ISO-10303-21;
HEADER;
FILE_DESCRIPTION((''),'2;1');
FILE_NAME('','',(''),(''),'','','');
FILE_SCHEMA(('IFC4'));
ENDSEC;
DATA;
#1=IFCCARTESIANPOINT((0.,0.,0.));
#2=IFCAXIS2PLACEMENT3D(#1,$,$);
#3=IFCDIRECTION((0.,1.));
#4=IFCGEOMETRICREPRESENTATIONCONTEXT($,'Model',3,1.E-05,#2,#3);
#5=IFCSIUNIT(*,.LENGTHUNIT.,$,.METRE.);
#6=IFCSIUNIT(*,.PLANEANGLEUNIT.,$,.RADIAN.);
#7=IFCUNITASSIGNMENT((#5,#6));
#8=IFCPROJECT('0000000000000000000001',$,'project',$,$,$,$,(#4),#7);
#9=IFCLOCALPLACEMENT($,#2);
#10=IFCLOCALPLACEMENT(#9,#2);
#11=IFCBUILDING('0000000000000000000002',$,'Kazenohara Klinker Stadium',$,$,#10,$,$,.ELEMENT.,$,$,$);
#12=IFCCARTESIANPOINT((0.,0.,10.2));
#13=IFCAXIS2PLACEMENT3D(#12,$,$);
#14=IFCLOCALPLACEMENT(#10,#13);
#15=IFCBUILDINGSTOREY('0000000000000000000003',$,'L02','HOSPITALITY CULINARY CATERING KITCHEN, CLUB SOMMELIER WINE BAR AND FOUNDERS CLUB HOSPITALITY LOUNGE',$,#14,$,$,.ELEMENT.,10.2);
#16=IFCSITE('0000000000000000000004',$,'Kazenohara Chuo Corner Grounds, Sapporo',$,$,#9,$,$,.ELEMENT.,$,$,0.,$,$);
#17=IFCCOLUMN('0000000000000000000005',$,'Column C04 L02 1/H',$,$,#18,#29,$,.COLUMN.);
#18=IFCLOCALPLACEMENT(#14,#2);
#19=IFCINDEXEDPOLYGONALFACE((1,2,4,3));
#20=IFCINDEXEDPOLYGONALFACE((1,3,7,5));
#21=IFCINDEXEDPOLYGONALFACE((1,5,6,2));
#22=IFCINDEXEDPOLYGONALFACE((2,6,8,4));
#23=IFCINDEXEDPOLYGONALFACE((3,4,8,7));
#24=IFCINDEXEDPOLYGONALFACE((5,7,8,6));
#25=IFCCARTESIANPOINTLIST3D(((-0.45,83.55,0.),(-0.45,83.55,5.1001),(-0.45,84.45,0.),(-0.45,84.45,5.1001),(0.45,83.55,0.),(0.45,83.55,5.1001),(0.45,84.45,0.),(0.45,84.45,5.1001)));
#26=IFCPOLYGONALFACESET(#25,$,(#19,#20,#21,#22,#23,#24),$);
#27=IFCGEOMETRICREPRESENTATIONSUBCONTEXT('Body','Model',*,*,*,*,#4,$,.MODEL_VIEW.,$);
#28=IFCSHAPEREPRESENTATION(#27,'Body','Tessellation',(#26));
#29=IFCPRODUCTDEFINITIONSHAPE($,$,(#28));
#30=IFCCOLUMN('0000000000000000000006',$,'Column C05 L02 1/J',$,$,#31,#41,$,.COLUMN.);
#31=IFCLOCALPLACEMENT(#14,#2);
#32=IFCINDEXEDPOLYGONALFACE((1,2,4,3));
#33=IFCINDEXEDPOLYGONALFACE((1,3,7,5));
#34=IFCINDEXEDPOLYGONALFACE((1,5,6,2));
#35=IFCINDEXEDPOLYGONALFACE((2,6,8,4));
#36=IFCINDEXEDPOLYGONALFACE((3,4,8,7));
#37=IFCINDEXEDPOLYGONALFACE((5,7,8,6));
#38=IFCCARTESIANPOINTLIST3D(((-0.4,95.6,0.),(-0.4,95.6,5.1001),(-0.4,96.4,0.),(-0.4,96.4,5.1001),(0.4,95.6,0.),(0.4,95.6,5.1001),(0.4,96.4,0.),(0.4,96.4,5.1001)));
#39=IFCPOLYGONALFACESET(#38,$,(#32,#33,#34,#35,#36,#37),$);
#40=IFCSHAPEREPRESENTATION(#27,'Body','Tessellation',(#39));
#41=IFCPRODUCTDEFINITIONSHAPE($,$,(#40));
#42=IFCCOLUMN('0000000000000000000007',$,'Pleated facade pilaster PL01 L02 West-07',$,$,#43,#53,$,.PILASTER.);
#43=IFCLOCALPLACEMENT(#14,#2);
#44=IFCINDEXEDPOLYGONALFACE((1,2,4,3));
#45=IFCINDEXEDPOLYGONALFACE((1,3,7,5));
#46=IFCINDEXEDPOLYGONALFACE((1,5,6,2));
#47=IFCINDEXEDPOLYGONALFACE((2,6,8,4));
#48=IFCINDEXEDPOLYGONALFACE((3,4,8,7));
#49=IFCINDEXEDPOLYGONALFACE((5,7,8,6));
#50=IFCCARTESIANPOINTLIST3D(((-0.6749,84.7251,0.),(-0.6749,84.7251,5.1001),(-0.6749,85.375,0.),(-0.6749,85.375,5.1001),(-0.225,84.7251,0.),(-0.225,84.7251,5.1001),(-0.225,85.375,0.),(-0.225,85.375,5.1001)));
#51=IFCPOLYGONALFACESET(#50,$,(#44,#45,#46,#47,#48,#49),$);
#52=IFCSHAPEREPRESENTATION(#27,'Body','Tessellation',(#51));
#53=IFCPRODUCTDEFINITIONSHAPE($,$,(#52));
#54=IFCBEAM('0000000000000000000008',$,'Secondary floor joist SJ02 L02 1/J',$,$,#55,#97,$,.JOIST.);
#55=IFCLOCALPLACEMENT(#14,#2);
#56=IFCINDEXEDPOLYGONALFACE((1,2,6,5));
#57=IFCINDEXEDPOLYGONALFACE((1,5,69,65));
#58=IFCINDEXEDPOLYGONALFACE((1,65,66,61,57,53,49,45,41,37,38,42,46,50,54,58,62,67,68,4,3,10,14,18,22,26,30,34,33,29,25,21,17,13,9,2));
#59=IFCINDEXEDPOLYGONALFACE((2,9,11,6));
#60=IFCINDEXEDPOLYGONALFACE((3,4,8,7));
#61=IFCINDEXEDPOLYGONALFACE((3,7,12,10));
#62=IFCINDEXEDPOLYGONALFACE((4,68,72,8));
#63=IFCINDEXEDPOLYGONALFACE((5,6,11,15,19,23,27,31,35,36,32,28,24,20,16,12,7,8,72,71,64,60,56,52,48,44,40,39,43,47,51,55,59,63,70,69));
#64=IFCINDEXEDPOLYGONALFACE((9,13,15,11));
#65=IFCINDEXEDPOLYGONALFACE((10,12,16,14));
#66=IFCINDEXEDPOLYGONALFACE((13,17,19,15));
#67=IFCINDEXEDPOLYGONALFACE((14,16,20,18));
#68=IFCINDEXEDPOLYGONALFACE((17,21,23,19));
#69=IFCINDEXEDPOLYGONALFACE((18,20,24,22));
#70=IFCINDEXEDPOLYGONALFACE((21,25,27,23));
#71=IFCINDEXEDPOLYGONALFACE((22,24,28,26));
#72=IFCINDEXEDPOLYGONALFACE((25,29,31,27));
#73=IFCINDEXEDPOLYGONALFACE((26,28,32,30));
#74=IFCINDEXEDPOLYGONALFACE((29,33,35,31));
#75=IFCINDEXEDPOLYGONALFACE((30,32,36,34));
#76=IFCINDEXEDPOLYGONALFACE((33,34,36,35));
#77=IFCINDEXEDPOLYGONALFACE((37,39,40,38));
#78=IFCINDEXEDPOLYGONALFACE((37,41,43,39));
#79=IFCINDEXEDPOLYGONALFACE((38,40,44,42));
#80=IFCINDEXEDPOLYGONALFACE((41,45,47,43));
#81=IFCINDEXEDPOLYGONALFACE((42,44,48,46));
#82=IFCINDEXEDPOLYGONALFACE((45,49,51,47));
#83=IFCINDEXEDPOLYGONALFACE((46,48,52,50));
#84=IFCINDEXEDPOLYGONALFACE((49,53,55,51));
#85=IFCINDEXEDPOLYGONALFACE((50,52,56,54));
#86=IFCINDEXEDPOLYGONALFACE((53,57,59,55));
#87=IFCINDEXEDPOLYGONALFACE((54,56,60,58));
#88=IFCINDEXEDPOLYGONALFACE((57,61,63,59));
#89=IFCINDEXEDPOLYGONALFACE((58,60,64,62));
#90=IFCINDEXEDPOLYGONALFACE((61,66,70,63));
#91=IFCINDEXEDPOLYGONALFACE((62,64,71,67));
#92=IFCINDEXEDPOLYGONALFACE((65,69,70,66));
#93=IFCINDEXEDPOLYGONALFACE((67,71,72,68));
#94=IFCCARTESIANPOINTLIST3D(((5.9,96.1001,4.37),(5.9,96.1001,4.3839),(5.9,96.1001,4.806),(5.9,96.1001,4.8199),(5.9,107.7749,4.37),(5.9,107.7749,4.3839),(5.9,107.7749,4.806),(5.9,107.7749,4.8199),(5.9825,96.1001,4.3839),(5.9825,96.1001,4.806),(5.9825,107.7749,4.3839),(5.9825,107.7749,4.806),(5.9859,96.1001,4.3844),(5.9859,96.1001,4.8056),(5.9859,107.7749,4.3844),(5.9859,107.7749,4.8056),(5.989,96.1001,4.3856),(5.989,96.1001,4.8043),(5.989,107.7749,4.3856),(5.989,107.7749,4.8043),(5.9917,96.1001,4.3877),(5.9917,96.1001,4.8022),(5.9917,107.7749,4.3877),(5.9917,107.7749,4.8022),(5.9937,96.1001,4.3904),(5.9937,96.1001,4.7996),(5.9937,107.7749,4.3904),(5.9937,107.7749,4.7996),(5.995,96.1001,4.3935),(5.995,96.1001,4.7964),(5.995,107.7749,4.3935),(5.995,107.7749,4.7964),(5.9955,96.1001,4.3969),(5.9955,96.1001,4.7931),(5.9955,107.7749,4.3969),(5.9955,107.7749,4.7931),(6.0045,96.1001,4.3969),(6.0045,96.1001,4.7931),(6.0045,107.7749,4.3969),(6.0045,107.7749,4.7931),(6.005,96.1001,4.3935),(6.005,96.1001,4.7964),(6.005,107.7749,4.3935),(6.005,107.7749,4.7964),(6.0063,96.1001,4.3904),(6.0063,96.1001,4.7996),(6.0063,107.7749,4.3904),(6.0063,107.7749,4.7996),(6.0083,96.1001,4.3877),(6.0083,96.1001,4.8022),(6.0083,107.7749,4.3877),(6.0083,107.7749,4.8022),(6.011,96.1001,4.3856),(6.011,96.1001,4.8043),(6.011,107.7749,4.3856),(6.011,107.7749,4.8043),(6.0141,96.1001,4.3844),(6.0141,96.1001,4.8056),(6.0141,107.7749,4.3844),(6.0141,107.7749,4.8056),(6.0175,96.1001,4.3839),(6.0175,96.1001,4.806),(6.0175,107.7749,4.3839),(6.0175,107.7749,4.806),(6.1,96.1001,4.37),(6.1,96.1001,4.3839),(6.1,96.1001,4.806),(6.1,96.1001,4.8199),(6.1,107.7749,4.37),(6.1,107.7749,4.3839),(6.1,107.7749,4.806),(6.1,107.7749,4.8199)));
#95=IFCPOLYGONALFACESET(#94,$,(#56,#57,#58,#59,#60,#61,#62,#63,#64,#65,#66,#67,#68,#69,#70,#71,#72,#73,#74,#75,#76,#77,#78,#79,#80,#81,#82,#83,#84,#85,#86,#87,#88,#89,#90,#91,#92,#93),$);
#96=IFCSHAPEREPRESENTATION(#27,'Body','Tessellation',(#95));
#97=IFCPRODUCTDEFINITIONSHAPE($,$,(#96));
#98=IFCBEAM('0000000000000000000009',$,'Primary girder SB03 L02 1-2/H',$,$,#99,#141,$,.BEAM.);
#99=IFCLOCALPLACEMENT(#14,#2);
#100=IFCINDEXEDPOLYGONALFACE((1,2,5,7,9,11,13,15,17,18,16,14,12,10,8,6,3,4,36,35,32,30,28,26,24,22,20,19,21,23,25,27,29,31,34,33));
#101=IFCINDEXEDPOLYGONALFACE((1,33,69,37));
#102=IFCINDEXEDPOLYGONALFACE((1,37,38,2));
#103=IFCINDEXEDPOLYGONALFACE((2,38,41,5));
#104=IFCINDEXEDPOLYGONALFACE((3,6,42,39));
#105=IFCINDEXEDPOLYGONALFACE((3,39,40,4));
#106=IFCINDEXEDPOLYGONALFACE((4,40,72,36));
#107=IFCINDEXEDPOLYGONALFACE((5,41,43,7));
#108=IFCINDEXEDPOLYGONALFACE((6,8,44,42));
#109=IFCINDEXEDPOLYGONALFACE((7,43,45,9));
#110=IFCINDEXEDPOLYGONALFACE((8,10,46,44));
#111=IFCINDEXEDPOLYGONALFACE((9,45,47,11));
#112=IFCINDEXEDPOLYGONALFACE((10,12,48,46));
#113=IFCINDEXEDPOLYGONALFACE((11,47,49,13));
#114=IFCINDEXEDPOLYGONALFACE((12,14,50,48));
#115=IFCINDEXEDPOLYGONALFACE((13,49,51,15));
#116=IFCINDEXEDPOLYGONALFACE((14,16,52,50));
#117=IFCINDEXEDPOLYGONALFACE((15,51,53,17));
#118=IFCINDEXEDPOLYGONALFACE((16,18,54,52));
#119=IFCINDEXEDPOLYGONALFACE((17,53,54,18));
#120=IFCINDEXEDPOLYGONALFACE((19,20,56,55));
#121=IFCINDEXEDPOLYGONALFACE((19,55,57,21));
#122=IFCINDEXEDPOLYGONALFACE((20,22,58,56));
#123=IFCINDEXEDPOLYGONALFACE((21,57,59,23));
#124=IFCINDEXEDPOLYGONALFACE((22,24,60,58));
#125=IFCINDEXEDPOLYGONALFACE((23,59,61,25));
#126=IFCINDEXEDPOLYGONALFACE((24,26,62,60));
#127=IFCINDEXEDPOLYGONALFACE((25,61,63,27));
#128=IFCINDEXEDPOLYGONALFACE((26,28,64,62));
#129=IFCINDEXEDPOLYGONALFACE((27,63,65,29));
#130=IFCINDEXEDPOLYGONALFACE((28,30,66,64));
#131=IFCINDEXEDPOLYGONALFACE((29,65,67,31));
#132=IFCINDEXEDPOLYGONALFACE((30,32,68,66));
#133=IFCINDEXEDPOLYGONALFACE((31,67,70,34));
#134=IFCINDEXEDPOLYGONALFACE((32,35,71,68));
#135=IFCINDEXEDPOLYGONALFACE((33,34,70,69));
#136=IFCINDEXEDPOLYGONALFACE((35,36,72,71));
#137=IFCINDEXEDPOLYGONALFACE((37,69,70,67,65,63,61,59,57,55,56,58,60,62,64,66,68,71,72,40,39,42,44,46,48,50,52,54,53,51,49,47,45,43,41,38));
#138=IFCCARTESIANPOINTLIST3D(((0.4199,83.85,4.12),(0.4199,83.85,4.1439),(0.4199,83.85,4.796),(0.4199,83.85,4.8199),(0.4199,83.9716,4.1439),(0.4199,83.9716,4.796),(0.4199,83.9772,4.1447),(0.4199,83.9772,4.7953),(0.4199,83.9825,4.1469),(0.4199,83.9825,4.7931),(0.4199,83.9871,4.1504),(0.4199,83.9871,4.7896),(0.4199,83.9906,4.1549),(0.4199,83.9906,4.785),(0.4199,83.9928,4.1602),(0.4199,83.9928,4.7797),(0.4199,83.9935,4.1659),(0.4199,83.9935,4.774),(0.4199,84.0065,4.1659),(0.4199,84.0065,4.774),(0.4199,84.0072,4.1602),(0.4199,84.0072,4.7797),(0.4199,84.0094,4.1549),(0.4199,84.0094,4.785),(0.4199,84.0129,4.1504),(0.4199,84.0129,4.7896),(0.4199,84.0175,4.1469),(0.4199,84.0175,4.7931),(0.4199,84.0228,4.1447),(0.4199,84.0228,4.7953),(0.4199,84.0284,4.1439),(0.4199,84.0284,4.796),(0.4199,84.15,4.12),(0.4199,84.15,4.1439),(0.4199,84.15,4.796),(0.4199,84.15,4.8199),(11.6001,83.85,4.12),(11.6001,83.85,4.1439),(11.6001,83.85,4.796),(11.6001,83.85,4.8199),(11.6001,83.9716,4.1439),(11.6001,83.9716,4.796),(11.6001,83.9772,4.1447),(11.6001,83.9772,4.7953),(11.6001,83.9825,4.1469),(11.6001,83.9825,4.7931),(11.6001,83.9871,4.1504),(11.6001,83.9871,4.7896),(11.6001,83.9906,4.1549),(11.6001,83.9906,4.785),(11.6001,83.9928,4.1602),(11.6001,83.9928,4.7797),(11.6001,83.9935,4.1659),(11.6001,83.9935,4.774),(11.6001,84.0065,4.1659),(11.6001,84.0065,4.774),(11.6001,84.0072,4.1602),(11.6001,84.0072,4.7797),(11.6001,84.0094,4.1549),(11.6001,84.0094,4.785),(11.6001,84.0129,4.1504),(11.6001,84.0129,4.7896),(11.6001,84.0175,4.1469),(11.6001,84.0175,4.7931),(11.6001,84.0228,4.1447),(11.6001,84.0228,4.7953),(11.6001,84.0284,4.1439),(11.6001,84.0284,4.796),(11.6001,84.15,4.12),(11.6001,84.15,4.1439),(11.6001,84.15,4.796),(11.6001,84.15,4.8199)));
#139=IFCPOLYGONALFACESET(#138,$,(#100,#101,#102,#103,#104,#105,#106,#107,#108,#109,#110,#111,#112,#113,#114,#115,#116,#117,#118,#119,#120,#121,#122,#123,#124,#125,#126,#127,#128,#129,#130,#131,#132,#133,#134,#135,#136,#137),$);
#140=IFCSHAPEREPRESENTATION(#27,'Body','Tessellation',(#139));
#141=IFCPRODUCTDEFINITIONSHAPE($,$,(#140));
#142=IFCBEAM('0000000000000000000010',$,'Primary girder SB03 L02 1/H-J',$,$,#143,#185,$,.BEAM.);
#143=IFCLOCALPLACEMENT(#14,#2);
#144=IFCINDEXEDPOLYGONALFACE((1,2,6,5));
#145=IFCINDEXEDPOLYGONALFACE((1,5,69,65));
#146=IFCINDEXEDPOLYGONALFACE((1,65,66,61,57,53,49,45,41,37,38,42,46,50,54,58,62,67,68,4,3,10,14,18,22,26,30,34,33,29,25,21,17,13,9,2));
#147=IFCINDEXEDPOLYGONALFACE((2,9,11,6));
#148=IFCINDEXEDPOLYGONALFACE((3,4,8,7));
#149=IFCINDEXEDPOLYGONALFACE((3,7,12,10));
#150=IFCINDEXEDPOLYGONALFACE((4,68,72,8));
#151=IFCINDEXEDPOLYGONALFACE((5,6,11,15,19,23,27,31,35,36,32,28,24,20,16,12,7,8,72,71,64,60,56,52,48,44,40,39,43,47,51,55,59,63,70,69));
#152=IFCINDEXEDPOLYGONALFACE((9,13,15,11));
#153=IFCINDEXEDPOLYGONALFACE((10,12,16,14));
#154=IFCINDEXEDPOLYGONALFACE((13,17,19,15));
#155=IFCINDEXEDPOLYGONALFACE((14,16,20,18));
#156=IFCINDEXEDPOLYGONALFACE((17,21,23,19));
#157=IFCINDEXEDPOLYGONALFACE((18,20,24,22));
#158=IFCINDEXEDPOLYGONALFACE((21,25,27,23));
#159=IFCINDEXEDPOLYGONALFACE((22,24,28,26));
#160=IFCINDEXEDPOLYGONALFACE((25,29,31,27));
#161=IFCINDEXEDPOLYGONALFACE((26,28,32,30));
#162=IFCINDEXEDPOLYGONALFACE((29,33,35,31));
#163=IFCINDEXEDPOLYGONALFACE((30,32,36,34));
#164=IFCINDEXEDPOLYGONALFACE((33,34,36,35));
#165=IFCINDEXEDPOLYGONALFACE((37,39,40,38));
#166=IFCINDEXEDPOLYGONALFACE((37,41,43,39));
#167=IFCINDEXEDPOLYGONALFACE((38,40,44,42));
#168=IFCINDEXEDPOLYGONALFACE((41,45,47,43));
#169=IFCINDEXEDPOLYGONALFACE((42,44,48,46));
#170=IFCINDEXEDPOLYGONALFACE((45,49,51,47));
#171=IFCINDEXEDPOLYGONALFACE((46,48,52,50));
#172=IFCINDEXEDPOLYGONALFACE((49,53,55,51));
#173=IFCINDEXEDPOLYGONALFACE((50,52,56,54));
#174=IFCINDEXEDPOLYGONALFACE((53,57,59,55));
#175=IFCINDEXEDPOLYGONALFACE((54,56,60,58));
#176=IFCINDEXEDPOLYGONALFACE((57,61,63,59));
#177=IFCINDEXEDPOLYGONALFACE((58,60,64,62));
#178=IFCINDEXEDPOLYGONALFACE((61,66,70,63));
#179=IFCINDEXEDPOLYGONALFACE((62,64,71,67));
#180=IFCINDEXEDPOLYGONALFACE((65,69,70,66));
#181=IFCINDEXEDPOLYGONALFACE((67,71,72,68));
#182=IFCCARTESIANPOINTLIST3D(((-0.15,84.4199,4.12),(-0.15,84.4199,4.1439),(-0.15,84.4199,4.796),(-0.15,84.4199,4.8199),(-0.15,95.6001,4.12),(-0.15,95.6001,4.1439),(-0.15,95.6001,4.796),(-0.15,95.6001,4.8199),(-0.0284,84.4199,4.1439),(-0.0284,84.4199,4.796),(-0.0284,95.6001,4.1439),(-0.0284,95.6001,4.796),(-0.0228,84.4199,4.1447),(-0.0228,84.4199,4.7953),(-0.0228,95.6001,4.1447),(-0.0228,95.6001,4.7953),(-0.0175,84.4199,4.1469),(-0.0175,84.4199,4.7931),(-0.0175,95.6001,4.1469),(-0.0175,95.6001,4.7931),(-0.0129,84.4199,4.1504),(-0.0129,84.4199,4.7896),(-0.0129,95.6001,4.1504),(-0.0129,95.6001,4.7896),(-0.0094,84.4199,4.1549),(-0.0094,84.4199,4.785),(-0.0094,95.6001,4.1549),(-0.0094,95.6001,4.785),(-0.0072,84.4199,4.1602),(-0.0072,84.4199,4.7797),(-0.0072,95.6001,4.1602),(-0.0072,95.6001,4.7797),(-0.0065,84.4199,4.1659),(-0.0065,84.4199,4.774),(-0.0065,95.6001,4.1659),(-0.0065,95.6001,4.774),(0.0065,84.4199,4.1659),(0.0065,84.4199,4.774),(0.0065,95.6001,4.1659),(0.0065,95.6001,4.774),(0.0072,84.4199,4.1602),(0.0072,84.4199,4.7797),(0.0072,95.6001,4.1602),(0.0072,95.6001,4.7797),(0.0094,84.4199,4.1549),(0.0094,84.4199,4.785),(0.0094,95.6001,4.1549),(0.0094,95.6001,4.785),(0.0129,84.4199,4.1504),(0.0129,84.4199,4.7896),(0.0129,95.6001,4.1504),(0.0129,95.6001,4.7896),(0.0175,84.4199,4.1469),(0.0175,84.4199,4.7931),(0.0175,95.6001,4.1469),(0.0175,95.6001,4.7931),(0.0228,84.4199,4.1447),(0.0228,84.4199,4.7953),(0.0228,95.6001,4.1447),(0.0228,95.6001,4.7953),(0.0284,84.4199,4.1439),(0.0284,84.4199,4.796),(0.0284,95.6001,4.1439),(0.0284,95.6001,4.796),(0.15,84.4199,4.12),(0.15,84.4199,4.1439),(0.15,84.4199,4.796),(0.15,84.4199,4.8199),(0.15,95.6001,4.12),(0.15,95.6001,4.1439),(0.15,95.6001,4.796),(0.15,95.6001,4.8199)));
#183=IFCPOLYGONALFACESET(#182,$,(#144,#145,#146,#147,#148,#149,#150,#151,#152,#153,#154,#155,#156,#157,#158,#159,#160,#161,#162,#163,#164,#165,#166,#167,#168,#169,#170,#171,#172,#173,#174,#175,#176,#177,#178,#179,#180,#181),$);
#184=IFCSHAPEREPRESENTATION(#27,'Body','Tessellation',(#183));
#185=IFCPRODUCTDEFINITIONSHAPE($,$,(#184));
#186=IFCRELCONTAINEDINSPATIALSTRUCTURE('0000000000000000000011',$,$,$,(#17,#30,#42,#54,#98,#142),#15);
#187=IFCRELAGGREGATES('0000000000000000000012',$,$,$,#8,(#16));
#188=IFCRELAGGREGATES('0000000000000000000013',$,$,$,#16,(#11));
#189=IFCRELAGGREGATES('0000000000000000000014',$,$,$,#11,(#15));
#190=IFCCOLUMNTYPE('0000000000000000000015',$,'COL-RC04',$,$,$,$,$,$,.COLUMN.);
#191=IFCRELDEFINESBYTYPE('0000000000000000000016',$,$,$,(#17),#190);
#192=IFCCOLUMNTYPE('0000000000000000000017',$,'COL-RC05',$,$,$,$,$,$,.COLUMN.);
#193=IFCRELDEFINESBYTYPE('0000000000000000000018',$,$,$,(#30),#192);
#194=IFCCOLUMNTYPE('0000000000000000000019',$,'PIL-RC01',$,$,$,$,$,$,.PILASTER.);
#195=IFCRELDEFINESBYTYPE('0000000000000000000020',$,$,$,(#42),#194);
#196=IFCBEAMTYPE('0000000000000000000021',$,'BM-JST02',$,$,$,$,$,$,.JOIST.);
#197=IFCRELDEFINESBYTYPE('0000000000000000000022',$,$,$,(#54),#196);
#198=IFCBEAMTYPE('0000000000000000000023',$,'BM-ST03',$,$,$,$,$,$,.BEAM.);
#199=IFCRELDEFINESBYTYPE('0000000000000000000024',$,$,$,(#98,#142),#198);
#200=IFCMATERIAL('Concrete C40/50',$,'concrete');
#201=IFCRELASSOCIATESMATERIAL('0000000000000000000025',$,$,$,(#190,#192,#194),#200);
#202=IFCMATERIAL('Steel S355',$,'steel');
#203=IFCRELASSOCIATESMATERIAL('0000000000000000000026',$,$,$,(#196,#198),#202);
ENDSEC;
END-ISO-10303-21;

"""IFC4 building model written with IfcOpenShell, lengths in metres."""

from ifc_helpers import new_model, si_unit, direction, frame, origin, origin_2d, place, context, subcontext, project, spatial, rectangle, i_section, extrude, material, material_profile, profile_set, type_object, element, save


model = new_model("IFC4")

# Units and contexts
model_context = context("Model", 3, precision=1e-05, world=origin(), true_north=direction((0.0, 1.0)))
body_context = subcontext(model_context, "Body", "Model", "MODEL_VIEW")
ifc_project = project(units=[si_unit("LENGTHUNIT", "METRE"), si_unit("PLANEANGLEUNIT", "RADIAN")], contexts=[model_context])

# Site, building, storey
site_placement = place(None, origin())
site = spatial("IfcSite", under=ifc_project, at=site_placement, Name="Kazenohara Chuo Corner Grounds, Sapporo", CompositionType="ELEMENT", RefElevation=0.0)
building_placement = place(site_placement, origin())
building = spatial("IfcBuilding", under=site, at=building_placement, Name="Kazenohara Klinker Stadium", CompositionType="ELEMENT")
storey_placement = place(building_placement, frame((0.0, 0.0, 10.2)))
storey = spatial("IfcBuildingStorey", under=building, at=storey_placement, Name="L02", Description="HOSPITALITY CULINARY CATERING KITCHEN, CLUB SOMMELIER WINE BAR AND FOUNDERS CLUB HOSPITALITY LOUNGE", CompositionType="ELEMENT", Elevation=10.2)

# Columns
ifc_material_1 = material(Name="Concrete C40/50", Category="concrete")
ifc_material_profile_1 = material_profile(ifc_material_1, rectangle(XDim=0.8999, YDim=0.8999, at=origin_2d()), Name="RC-COL-900x900")
ifc_profile_set_1 = profile_set([ifc_material_profile_1], Name="Concrete C40/50")
column_type_1 = type_object("IfcColumnType", Name="COL-RC04", PredefinedType="COLUMN", material=ifc_profile_set_1)
column_1_placement = place(storey_placement, frame((0.0, 84.0, 0.0), z_axis=(0.0, 0.0, 1.0), x_axis=(1.0, 0.0, 0.0)))
element("IfcColumn", 1, at=column_1_placement, inside=storey, type_object=column_type_1, Name="Column C04 L02 1/H", PredefinedType="COLUMN", context=body_context, shape_type="SweptSolid", body=[
    extrude(rectangle(XDim=0.8999, YDim=0.8999, at=origin_2d()), origin(), (0.0, 0.0, 1.0), 5.1001),
])
ifc_material_profile_2 = material_profile(ifc_material_1, rectangle(XDim=0.8, YDim=0.8, at=origin_2d()), Name="RC-COL-800x800")
ifc_profile_set_2 = profile_set([ifc_material_profile_2], Name="Concrete C40/50")
column_type_2 = type_object("IfcColumnType", Name="COL-RC05", PredefinedType="COLUMN", material=ifc_profile_set_2)
column_2_placement = place(storey_placement, frame((0.0, 96.0, 0.0), z_axis=(0.0, 0.0, 1.0), x_axis=(1.0, 0.0, 0.0)))
element("IfcColumn", 2, at=column_2_placement, inside=storey, type_object=column_type_2, Name="Column C05 L02 1/J", PredefinedType="COLUMN", context=body_context, shape_type="SweptSolid", body=[
    extrude(rectangle(XDim=0.8, YDim=0.8, at=origin_2d()), origin(), (0.0, 0.0, 1.0), 5.1001),
])
ifc_material_profile_3 = material_profile(ifc_material_1, rectangle(XDim=0.45, YDim=0.6499, at=origin_2d()), Name="RC-PILASTER-450x650")
ifc_profile_set_3 = profile_set([ifc_material_profile_3], Name="Concrete C40/50")
column_type_3 = type_object("IfcColumnType", Name="PIL-RC01", PredefinedType="PILASTER", material=ifc_profile_set_3)
column_3_placement = place(storey_placement, frame((-0.45, 85.05, 0.0), z_axis=(0.0, 0.0, 1.0), x_axis=(1.0, 0.0, 0.0)))
element("IfcColumn", 3, at=column_3_placement, inside=storey, type_object=column_type_3, Name="Pleated facade pilaster PL01 L02 West-07", PredefinedType="PILASTER", context=body_context, shape_type="SweptSolid", body=[
    extrude(rectangle(XDim=0.45, YDim=0.6499, at=origin_2d()), origin(), (0.0, 0.0, 1.0), 5.1001),
])

# Beams
ifc_material_2 = material(Name="Steel S355", Category="steel")
ifc_material_profile_4 = material_profile(ifc_material_2, i_section(OverallWidth=0.2, OverallDepth=0.45, WebThickness=0.009, FlangeThickness=0.0139, FilletRadius=0.0129, at=origin_2d()), Name="H-450x200x9x14")
ifc_profile_set_4 = profile_set([ifc_material_profile_4], Name="Steel S355")
beam_type_1 = type_object("IfcBeamType", Name="BM-JST02", PredefinedType="JOIST", material=ifc_profile_set_4)
beam_1_placement = place(storey_placement, frame((6.0, 96.1001, 4.595), z_axis=(0.0, 1.0, 0.0), x_axis=(-1.0, 0.0, 0.0)))
element("IfcBeam", 4, at=beam_1_placement, inside=storey, type_object=beam_type_1, Name="Secondary floor joist SJ02 L02 1/J", PredefinedType="JOIST", context=body_context, shape_type="SweptSolid", body=[
    extrude(i_section(OverallWidth=0.2, OverallDepth=0.45, WebThickness=0.009, FlangeThickness=0.0139, FilletRadius=0.0129, at=origin_2d()), origin(), (0.0, 0.0, 1.0), 11.6748),
])
ifc_material_profile_5 = material_profile(ifc_material_2, i_section(OverallWidth=0.3, OverallDepth=0.7, WebThickness=0.0129, FlangeThickness=0.0239, FilletRadius=0.022, at=origin_2d()), Name="H-700x300x13x24")
ifc_profile_set_5 = profile_set([ifc_material_profile_5], Name="Steel S355")
beam_type_2 = type_object("IfcBeamType", Name="BM-ST03", PredefinedType="BEAM", material=ifc_profile_set_5)
for number, where, z_axis, x_axis, name in (
    (5, (0.4199, 84.0, 4.47), (1.0, 0.0, 0.0), (0.0, 1.0, 0.0), "Primary girder SB03 L02 1-2/H"),
    (6, (0.0, 84.4199, 4.47), (0.0, 1.0, 0.0), (-1.0, 0.0, 0.0), "Primary girder SB03 L02 1/H-J"),
):
    element("IfcBeam", number, at=place(storey_placement, frame(where, z_axis=z_axis, x_axis=x_axis)), inside=storey, type_object=beam_type_2, Name=name, PredefinedType="BEAM", context=body_context, shape_type="SweptSolid", body=[
        extrude(i_section(OverallWidth=0.3, OverallDepth=0.7, WebThickness=0.0129, FlangeThickness=0.0239, FilletRadius=0.022, at=origin_2d()), origin(), (0.0, 0.0, 1.0), 11.1802),
    ])

save(model, "model.ifc")
